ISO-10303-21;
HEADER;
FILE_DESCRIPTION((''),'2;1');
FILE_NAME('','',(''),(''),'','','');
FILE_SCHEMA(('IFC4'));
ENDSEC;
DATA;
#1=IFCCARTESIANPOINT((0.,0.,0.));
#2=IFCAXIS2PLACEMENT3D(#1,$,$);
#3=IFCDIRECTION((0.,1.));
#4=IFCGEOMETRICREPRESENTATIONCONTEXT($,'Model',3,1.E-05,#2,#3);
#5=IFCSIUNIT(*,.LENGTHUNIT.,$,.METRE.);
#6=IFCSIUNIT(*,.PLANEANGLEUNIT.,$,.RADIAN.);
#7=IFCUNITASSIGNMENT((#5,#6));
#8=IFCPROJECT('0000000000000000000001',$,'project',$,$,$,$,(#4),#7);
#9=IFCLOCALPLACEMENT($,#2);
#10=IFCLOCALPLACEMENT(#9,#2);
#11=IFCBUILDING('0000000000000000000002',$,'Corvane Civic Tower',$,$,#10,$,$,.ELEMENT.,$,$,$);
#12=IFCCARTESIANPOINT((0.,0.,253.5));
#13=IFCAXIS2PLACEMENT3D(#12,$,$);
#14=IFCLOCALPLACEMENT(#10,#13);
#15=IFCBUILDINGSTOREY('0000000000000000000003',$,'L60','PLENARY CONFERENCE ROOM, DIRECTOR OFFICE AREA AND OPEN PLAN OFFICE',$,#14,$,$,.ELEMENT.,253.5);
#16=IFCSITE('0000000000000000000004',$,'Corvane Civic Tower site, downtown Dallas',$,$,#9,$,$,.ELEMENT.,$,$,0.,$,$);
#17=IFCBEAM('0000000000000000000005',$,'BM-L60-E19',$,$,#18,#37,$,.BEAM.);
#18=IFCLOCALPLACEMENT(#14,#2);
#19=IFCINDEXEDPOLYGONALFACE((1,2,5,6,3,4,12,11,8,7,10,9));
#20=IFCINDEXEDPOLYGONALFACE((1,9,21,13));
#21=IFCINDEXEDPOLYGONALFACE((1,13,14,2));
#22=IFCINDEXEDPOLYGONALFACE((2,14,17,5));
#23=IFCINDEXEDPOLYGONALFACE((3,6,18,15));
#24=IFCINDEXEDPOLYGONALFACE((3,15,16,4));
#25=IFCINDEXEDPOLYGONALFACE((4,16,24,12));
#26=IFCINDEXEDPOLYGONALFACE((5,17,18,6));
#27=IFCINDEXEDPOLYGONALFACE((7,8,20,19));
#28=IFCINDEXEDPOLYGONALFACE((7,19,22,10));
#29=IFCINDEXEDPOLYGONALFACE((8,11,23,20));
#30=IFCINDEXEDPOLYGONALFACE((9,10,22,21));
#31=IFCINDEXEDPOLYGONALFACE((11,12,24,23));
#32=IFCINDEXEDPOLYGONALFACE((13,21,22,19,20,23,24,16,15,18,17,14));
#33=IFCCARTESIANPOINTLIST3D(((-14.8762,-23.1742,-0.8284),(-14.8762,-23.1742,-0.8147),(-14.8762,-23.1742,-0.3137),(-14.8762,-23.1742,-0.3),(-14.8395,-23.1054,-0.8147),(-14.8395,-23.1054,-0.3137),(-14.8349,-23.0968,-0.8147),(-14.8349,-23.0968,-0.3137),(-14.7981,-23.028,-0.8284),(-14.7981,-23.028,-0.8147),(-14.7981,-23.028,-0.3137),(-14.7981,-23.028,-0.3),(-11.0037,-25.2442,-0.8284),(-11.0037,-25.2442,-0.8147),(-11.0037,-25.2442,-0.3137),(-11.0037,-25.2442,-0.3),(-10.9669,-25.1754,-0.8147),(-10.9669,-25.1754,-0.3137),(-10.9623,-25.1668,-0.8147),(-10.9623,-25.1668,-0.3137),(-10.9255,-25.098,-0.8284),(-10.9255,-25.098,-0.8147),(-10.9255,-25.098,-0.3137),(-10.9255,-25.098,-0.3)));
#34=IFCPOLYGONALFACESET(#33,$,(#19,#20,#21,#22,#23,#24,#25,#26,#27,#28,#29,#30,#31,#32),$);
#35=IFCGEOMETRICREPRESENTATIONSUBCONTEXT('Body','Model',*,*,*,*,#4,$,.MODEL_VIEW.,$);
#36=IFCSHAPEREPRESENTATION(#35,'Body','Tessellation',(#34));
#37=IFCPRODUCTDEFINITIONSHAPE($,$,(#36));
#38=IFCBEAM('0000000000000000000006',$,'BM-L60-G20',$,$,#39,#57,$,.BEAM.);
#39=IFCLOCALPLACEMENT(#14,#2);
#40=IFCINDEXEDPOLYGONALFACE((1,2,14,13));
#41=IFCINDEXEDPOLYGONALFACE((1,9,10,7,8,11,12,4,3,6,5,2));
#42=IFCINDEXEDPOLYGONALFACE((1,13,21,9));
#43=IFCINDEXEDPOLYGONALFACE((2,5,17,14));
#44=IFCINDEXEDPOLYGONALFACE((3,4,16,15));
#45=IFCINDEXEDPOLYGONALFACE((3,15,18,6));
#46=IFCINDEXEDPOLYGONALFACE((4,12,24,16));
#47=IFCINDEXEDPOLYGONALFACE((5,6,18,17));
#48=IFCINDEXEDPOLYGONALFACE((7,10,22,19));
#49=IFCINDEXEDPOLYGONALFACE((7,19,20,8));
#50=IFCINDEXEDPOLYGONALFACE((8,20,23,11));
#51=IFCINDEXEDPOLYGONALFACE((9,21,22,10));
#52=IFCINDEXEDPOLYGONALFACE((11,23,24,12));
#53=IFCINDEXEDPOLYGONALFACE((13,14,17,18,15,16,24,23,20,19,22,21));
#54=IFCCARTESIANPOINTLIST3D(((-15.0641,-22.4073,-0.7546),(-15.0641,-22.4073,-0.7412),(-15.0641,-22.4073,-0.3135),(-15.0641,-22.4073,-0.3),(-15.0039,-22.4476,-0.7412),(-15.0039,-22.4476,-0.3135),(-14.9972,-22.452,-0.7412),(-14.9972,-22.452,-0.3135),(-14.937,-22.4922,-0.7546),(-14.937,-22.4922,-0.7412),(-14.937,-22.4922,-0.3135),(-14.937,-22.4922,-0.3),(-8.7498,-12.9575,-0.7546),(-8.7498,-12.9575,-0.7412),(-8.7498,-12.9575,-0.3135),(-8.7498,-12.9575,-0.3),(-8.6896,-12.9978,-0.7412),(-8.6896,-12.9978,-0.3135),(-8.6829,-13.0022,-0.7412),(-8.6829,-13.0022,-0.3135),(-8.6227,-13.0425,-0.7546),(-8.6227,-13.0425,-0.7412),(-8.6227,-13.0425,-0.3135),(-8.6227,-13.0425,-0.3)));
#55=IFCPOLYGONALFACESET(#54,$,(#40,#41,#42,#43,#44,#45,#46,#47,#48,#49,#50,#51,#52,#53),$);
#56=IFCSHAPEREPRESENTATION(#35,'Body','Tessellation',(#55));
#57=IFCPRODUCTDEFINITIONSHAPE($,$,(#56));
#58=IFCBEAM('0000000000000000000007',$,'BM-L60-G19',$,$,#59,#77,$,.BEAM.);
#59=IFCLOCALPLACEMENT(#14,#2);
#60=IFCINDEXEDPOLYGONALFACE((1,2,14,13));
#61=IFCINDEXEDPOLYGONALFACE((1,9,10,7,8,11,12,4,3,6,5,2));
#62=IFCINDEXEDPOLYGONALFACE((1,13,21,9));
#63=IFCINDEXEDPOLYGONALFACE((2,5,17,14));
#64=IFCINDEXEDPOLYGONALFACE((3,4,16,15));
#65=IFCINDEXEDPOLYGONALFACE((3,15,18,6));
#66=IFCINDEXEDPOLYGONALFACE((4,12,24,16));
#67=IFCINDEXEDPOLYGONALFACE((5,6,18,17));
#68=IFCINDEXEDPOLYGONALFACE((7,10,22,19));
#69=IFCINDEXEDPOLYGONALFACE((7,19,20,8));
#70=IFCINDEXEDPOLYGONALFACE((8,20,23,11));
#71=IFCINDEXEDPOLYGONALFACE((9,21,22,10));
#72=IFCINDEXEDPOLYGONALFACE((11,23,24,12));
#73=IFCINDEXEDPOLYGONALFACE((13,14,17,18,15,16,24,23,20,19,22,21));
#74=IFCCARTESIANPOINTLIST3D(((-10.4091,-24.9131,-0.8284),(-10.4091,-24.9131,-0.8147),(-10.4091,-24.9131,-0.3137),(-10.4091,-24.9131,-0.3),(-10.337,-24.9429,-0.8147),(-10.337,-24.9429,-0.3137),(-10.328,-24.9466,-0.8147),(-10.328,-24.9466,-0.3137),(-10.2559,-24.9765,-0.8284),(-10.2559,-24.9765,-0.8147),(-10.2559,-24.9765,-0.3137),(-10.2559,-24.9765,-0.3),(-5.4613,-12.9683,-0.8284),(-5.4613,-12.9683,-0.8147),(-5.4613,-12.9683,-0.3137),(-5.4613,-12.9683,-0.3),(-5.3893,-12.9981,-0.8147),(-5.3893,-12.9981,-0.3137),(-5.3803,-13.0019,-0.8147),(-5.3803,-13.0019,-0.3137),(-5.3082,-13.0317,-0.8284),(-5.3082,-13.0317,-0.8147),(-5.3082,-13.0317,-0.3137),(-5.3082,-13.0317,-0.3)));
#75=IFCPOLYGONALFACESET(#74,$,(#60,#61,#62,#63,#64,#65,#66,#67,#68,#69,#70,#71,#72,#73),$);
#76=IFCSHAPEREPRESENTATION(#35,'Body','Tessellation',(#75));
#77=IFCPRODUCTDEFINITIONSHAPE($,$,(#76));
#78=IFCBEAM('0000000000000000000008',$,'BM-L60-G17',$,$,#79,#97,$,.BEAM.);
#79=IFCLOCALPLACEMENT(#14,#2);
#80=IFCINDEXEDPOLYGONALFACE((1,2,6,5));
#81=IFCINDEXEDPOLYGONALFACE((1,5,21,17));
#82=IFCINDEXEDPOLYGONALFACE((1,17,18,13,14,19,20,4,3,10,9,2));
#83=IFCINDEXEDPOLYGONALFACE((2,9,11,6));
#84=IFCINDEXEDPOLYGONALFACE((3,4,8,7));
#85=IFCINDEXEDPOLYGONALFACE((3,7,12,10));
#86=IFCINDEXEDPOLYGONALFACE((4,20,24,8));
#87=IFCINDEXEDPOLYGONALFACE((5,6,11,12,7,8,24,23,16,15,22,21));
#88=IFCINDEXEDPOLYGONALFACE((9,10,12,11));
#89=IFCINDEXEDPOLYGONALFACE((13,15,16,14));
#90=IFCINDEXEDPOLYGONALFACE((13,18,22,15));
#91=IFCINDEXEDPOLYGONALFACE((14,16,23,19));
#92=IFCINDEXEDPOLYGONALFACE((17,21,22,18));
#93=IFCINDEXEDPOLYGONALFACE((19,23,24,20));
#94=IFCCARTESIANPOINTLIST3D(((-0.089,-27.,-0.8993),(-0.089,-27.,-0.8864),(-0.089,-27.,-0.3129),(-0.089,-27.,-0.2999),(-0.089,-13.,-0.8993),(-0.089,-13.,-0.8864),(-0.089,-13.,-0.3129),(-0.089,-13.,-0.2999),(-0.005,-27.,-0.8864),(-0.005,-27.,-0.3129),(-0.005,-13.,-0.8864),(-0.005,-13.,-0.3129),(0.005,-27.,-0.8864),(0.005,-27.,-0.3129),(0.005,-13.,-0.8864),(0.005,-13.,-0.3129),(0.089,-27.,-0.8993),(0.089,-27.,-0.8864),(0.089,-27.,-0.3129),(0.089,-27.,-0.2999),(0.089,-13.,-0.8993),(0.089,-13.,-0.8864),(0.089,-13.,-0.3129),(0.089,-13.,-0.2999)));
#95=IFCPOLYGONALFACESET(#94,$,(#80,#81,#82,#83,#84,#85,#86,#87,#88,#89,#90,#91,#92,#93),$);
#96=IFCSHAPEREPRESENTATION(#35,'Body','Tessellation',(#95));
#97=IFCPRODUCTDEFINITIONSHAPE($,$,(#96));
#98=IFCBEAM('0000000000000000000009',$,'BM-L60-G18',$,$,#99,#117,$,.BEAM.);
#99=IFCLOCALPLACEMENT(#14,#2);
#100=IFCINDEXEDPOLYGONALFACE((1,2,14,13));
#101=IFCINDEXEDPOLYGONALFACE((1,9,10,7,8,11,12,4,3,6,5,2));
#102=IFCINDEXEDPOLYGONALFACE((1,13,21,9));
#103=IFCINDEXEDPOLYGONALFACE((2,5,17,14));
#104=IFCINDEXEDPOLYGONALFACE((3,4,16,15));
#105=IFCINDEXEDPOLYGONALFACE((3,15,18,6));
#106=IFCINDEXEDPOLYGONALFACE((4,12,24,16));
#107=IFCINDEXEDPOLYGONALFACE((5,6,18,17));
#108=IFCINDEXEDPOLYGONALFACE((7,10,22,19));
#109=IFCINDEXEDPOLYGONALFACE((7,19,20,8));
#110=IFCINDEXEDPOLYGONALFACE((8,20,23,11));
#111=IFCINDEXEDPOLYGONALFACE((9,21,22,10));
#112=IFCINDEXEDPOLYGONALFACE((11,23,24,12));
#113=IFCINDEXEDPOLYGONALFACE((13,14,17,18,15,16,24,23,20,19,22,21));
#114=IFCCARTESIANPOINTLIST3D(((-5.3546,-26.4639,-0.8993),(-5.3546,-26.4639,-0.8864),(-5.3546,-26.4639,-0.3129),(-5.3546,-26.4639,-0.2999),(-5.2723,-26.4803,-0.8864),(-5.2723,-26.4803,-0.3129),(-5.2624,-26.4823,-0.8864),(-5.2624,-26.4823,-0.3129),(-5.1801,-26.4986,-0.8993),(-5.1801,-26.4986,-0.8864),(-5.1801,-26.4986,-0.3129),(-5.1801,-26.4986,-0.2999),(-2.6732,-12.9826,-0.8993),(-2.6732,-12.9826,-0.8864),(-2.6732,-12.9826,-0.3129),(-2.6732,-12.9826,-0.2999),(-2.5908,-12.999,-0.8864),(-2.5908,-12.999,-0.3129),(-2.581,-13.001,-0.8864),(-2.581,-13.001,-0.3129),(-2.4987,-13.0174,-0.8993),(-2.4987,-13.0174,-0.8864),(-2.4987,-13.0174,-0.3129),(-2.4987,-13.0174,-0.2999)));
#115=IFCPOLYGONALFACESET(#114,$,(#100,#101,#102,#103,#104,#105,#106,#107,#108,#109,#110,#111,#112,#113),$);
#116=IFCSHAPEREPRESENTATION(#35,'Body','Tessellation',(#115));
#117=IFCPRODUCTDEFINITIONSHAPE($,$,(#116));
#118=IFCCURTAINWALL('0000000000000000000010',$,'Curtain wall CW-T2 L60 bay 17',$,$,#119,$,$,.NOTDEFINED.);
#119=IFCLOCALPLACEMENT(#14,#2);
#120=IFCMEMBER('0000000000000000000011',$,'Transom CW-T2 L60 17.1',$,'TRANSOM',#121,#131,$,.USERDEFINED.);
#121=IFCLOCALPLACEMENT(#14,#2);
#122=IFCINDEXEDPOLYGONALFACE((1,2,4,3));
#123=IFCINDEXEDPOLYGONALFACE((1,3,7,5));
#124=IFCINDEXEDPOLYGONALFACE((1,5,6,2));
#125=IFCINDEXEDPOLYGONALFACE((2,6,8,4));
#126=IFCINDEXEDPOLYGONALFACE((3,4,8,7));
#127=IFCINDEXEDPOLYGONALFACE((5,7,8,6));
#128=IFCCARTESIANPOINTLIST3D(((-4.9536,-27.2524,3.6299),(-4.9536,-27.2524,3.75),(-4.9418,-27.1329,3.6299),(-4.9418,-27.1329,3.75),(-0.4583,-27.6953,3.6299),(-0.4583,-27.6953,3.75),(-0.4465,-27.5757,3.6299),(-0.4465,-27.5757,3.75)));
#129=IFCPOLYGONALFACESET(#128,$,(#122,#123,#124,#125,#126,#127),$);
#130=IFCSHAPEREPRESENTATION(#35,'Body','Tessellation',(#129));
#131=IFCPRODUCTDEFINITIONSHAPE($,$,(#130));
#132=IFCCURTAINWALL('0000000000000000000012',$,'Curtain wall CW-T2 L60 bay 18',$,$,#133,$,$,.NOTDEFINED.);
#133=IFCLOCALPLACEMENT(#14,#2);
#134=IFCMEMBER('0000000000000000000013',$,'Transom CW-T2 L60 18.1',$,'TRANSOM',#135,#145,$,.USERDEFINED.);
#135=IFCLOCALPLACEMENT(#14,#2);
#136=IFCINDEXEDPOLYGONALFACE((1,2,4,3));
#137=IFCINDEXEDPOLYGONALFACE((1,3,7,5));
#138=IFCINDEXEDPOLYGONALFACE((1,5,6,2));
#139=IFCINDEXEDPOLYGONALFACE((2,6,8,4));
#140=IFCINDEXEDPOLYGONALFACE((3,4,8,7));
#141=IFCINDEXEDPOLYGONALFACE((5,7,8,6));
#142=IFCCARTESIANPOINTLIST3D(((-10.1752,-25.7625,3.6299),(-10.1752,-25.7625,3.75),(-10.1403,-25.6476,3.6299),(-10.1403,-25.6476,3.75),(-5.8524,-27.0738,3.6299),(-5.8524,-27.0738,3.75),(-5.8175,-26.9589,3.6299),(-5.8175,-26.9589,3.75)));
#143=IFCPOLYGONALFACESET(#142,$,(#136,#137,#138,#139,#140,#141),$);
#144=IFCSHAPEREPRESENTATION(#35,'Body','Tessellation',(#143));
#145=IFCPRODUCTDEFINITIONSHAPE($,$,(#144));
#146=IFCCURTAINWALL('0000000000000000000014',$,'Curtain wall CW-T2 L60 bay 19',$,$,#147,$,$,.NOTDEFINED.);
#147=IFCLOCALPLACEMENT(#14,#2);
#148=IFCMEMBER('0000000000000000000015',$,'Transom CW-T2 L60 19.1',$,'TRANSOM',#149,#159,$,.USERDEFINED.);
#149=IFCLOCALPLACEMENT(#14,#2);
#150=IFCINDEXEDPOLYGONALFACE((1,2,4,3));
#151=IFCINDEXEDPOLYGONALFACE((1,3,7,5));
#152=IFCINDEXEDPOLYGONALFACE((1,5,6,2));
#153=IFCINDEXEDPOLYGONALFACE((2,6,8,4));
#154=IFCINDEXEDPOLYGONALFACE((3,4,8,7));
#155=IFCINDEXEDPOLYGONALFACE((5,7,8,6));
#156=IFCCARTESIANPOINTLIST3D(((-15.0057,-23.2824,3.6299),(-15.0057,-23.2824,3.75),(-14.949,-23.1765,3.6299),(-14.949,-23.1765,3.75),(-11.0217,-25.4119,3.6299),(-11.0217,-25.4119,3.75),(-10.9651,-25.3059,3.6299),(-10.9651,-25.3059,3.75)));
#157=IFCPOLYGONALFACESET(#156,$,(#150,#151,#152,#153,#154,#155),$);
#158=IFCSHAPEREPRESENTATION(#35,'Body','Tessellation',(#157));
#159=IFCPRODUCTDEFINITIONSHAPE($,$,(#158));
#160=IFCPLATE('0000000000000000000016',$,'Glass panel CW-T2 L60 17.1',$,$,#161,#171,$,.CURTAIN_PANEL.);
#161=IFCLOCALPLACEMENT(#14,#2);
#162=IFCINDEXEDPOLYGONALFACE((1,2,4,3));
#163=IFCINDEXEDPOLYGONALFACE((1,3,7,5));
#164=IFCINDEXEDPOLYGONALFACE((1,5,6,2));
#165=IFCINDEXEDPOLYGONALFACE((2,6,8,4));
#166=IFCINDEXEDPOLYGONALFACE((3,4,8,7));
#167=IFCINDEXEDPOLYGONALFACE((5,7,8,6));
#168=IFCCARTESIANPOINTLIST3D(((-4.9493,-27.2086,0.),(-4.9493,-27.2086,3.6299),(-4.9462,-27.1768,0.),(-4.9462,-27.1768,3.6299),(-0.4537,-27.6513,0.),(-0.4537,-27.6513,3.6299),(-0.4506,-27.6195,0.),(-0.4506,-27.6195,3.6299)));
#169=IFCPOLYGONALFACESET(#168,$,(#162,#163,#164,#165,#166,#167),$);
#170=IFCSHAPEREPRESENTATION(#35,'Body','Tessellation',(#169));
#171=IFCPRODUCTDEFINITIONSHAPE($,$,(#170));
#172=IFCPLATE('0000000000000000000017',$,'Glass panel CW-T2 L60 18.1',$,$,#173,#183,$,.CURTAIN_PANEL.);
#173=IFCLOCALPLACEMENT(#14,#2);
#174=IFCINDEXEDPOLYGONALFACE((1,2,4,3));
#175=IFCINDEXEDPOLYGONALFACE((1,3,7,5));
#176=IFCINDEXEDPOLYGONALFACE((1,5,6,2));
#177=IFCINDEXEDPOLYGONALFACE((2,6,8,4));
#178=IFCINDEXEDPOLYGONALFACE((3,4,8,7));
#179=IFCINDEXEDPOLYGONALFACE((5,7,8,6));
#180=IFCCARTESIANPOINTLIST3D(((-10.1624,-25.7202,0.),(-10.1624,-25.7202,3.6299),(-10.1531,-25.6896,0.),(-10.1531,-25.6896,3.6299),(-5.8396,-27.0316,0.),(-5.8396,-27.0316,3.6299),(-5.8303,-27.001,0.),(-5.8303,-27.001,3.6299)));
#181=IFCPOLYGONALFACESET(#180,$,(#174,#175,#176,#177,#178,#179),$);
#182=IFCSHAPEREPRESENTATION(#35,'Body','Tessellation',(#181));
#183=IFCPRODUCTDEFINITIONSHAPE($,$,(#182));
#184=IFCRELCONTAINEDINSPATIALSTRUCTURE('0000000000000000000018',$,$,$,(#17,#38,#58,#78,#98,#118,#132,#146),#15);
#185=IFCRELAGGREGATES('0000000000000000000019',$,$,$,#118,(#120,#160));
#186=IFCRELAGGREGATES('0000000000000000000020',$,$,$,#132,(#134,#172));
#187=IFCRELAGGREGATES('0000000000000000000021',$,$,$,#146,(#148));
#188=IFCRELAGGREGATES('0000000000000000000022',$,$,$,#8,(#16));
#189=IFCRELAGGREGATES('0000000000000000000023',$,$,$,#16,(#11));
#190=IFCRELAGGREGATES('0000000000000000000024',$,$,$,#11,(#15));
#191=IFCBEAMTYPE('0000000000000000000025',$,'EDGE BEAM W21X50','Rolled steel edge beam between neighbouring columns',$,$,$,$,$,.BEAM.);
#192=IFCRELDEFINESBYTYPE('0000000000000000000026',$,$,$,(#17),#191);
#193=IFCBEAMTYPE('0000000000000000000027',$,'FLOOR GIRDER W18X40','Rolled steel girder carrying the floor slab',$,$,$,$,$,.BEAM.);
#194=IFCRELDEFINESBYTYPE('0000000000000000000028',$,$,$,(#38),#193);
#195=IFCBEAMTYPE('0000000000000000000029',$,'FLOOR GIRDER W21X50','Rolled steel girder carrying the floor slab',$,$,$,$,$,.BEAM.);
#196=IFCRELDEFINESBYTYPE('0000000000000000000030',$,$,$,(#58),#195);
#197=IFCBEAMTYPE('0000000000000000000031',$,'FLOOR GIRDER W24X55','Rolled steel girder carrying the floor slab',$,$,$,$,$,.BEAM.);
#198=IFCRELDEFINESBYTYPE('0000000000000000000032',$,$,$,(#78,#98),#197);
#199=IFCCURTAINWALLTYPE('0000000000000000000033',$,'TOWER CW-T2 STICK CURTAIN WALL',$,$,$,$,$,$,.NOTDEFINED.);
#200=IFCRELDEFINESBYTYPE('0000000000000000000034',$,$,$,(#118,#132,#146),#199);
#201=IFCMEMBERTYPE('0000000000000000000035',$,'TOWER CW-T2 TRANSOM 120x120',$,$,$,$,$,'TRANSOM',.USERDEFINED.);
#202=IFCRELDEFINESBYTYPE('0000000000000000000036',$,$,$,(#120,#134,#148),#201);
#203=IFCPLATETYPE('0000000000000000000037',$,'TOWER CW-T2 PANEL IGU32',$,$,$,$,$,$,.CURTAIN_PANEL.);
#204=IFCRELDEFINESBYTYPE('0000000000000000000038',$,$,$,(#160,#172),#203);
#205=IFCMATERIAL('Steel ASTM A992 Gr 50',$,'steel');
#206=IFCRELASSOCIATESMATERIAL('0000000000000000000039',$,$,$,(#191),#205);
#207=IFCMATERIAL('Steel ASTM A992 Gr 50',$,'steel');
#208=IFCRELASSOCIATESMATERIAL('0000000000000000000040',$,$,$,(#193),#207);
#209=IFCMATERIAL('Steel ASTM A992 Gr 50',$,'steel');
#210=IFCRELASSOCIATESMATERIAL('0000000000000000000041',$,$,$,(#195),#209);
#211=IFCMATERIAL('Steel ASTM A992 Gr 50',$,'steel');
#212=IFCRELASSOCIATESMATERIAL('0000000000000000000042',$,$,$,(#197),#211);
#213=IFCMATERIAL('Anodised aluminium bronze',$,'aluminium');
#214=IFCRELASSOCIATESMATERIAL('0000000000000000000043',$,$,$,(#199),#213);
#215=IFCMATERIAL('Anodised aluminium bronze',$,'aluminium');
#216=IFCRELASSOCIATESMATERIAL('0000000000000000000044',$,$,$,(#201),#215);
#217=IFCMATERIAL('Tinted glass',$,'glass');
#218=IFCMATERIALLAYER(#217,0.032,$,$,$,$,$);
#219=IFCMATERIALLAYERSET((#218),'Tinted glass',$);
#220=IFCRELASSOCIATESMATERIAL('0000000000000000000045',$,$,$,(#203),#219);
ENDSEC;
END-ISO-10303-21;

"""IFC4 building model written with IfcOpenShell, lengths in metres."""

from ifc_helpers import new_model, si_unit, direction, frame, origin, origin_2d, place, context, subcontext, project, spatial, rectangle, i_section, extrude, material, layer, layer_set, material_profile, profile_set, type_object, element, aggregate, save


model = new_model("IFC4")

# Units and contexts
model_context = context("Model", 3, precision=1e-05, world=origin(), true_north=direction((0.0, 1.0)))
body_context = subcontext(model_context, "Body", "Model", "MODEL_VIEW")
ifc_project = project(units=[si_unit("LENGTHUNIT", "METRE"), si_unit("PLANEANGLEUNIT", "RADIAN")], contexts=[model_context])

# Site, building, storey
site_placement = place(None, origin())
site = spatial("IfcSite", under=ifc_project, at=site_placement, Name="Corvane Civic Tower site, downtown Dallas", CompositionType="ELEMENT", RefElevation=0.0)
building_placement = place(site_placement, origin())
building = spatial("IfcBuilding", under=site, at=building_placement, Name="Corvane Civic Tower", CompositionType="ELEMENT")
storey_placement = place(building_placement, frame((0.0, 0.0, 253.5)))
storey = spatial("IfcBuildingStorey", under=building, at=storey_placement, Name="L60", Description="PLENARY CONFERENCE ROOM, DIRECTOR OFFICE AREA AND OPEN PLAN OFFICE", CompositionType="ELEMENT", Elevation=253.5)

# Beams
ifc_material_1 = material(Name="Steel ASTM A992 Gr 50", Category="steel")
ifc_material_profile_1 = material_profile(ifc_material_1, i_section(OverallWidth=0.1658, OverallDepth=0.5283, WebThickness=0.0098, FlangeThickness=0.0137, at=origin_2d()), Name="W21X50")
ifc_profile_set_1 = profile_set([ifc_material_profile_1], Name="Steel ASTM A992 Gr 50")
beam_type_1 = type_object("IfcBeamType", Name="EDGE BEAM W21X50", Description="Rolled steel edge beam between neighbouring columns", PredefinedType="BEAM", material=ifc_profile_set_1)
beam_1_placement = place(storey_placement, frame((-10.9646, -25.1711, -0.5642), z_axis=(-0.881908, 0.471422, 0.0), x_axis=(-0.471422, -0.881908, 0.0)))
element("IfcBeam", 1, at=beam_1_placement, inside=storey, type_object=beam_type_1, Name="BM-L60-E19", PredefinedType="BEAM", context=body_context, shape_type="SweptSolid", body=[
    extrude(i_section(OverallWidth=0.1658, OverallDepth=0.5283, WebThickness=0.0098, FlangeThickness=0.0137, at=origin_2d()), origin(), (0.0, 0.0, 1.0), 4.3911),
])
ifc_material_2 = material(Name="Steel ASTM A992 Gr 50", Category="steel")
ifc_material_profile_2 = material_profile(ifc_material_2, i_section(OverallWidth=0.1528, OverallDepth=0.4546, WebThickness=0.0081, FlangeThickness=0.0134, at=origin_2d()), Name="W18X40")
ifc_profile_set_2 = profile_set([ifc_material_profile_2], Name="Steel ASTM A992 Gr 50")
beam_type_2 = type_object("IfcBeamType", Name="FLOOR GIRDER W18X40", Description="Rolled steel girder carrying the floor slab", PredefinedType="BEAM", material=ifc_profile_set_2)
beam_2_placement = place(storey_placement, frame((-8.6863, -13.0, -0.5273), z_axis=(-0.555577, -0.831465, 0.0), x_axis=(0.831465, -0.555577, 0.0)))
element("IfcBeam", 2, at=beam_2_placement, inside=storey, type_object=beam_type_2, Name="BM-L60-G20", PredefinedType="BEAM", context=body_context, shape_type="SweptSolid", body=[
    extrude(i_section(OverallWidth=0.1528, OverallDepth=0.4546, WebThickness=0.0081, FlangeThickness=0.0134, at=origin_2d()), origin(), (0.0, 0.0, 1.0), 11.3652),
])
ifc_material_3 = material(Name="Steel ASTM A992 Gr 50", Category="steel")
ifc_material_profile_3 = material_profile(ifc_material_3, i_section(OverallWidth=0.1658, OverallDepth=0.5283, WebThickness=0.0098, FlangeThickness=0.0137, at=origin_2d()), Name="W21X50")
ifc_profile_set_3 = profile_set([ifc_material_profile_3], Name="Steel ASTM A992 Gr 50")
beam_type_3 = type_object("IfcBeamType", Name="FLOOR GIRDER W21X50", Description="Rolled steel girder carrying the floor slab", PredefinedType="BEAM", material=ifc_profile_set_3)
beam_3_placement = place(storey_placement, frame((-5.3848, -13.0, -0.5642), z_axis=(-0.382686, -0.923878, 0.0), x_axis=(0.923878, -0.382686, 0.0)))
element("IfcBeam", 3, at=beam_3_placement, inside=storey, type_object=beam_type_3, Name="BM-L60-G19", PredefinedType="BEAM", context=body_context, shape_type="SweptSolid", body=[
    extrude(i_section(OverallWidth=0.1658, OverallDepth=0.5283, WebThickness=0.0098, FlangeThickness=0.0137, at=origin_2d()), origin(), (0.0, 0.0, 1.0), 12.929),
])
ifc_material_4 = material(Name="Steel ASTM A992 Gr 50", Category="steel")
ifc_material_profile_4 = material_profile(ifc_material_4, i_section(OverallWidth=0.178, OverallDepth=0.5994, WebThickness=0.01, FlangeThickness=0.0129, at=origin_2d()), Name="W24X55")
ifc_profile_set_4 = profile_set([ifc_material_profile_4], Name="Steel ASTM A992 Gr 50")
beam_type_4 = type_object("IfcBeamType", Name="FLOOR GIRDER W24X55", Description="Rolled steel girder carrying the floor slab", PredefinedType="BEAM", material=ifc_profile_set_4)
beam_4_placement = place(storey_placement, frame((0.0, -13.0, -0.5996), z_axis=(0.0, -1.0, 0.0), x_axis=(1.0, 0.0, 0.0)))
element("IfcBeam", 4, at=beam_4_placement, inside=storey, type_object=beam_type_4, Name="BM-L60-G17", PredefinedType="BEAM", context=body_context, shape_type="SweptSolid", body=[
    extrude(i_section(OverallWidth=0.178, OverallDepth=0.5994, WebThickness=0.01, FlangeThickness=0.0129, at=origin_2d()), origin(), (0.0, 0.0, 1.0), 14.0),
])
beam_5_placement = place(storey_placement, frame((-2.5859, -13.0, -0.5996), z_axis=(-0.195078, -0.980788, 0.0), x_axis=(0.980788, -0.195078, 0.0)))
element("IfcBeam", 5, at=beam_5_placement, inside=storey, type_object=beam_type_4, Name="BM-L60-G18", PredefinedType="BEAM", context=body_context, shape_type="SweptSolid", body=[
    extrude(i_section(OverallWidth=0.178, OverallDepth=0.5994, WebThickness=0.01, FlangeThickness=0.0129, at=origin_2d()), origin(), (0.0, 0.0, 1.0), 13.7454),
])

# Curtain walls, members
ifc_material_5 = material(Name="Anodised aluminium bronze", Category="aluminium")
curtain_wall_type = type_object("IfcCurtainWallType", Name="TOWER CW-T2 STICK CURTAIN WALL", PredefinedType="NOTDEFINED", material=ifc_material_5)
curtain_wall_1_placement = place(storey_placement, origin())
curtain_wall_1 = element("IfcCurtainWall", 6, at=curtain_wall_1_placement, inside=storey, type_object=curtain_wall_type, Name="Curtain wall CW-T2 L60 bay 17", PredefinedType="NOTDEFINED")
ifc_material_6 = material(Name="Anodised aluminium bronze", Category="aluminium")
ifc_material_profile_5 = material_profile(ifc_material_6, rectangle(XDim=0.1201, YDim=0.1201, at=origin_2d()), Name="TOWER CW-T2 TRANSOM 120x120")
ifc_profile_set_5 = profile_set([ifc_material_profile_5], Name="Anodised aluminium bronze")
member_type = type_object("IfcMemberType", Name="TOWER CW-T2 TRANSOM 120x120", ElementType="TRANSOM", PredefinedType="USERDEFINED", material=ifc_profile_set_5)
member_1_placement = place(storey_placement, frame((-0.4524, -27.6355, 3.6899), z_axis=(-0.995182, 0.098043, 0.0), x_axis=(-0.098043, -0.995182, 0.0)))
member_1 = element("IfcMember", 7, at=member_1_placement, type_object=member_type, Name="Transom CW-T2 L60 17.1", ObjectType="TRANSOM", PredefinedType="USERDEFINED", context=body_context, shape_type="SweptSolid", body=[
    extrude(rectangle(XDim=0.1201, YDim=0.1201, at=origin_2d()), origin(), (0.0, 0.0, 1.0), 4.5171),
])
curtain_wall_2_placement = place(storey_placement, origin())
curtain_wall_2 = element("IfcCurtainWall", 8, at=curtain_wall_2_placement, inside=storey, type_object=curtain_wall_type, Name="Curtain wall CW-T2 L60 bay 18", PredefinedType="NOTDEFINED")
member_2_placement = place(storey_placement, frame((-5.835, -27.0164, 3.6899), z_axis=(-0.956941, 0.290282, 0.0), x_axis=(-0.290282, -0.956941, 0.0)))
member_2 = element("IfcMember", 9, at=member_2_placement, type_object=member_type, Name="Transom CW-T2 L60 18.1", ObjectType="TRANSOM", PredefinedType="USERDEFINED", context=body_context, shape_type="SweptSolid", body=[
    extrude(rectangle(XDim=0.1201, YDim=0.1201, at=origin_2d()), origin(), (0.0, 0.0, 1.0), 4.5173),
])
curtain_wall_3_placement = place(storey_placement, origin())
curtain_wall_3 = element("IfcCurtainWall", 10, at=curtain_wall_3_placement, inside=storey, type_object=curtain_wall_type, Name="Curtain wall CW-T2 L60 bay 19", PredefinedType="NOTDEFINED")
member_3_placement = place(storey_placement, frame((-10.9934, -25.3589, 3.6899), z_axis=(-0.881925, 0.47139, 0.0), x_axis=(-0.47139, -0.881925, 0.0)))
member_3 = element("IfcMember", 11, at=member_3_placement, type_object=member_type, Name="Transom CW-T2 L60 19.1", ObjectType="TRANSOM", PredefinedType="USERDEFINED", context=body_context, shape_type="SweptSolid", body=[
    extrude(rectangle(XDim=0.1201, YDim=0.1201, at=origin_2d()), origin(), (0.0, 0.0, 1.0), 4.5173),
])

# Plates
ifc_material_7 = material(Name="Tinted glass", Category="glass")
ifc_layer_1 = layer(ifc_material_7, 0.032)
ifc_layer_set_1 = layer_set([ifc_layer_1], Name="Tinted glass")
plate_type = type_object("IfcPlateType", Name="TOWER CW-T2 PANEL IGU32", PredefinedType="CURTAIN_PANEL", material=ifc_layer_set_1)
plate_1_placement = place(storey_placement, frame((-2.7, -27.4141, 0.0), z_axis=(0.0, 0.0, 1.0), x_axis=(-0.995187, 0.097993, 0.0)))
plate_1 = element("IfcPlate", 12, at=plate_1_placement, type_object=plate_type, Name="Glass panel CW-T2 L60 17.1", PredefinedType="CURTAIN_PANEL", context=body_context, shape_type="SweptSolid", body=[
    extrude(rectangle(XDim=4.5173, YDim=0.032, at=origin_2d()), origin(), (0.0, 0.0, 1.0), 3.6299),
])
aggregate(curtain_wall_1, [member_1, plate_1])
plate_2_placement = place(storey_placement, frame((-7.9963, -26.3606, 0.0), z_axis=(0.0, 0.0, 1.0), x_axis=(-0.956939, 0.29029, 0.0)))
plate_2 = element("IfcPlate", 13, at=plate_2_placement, type_object=plate_type, Name="Glass panel CW-T2 L60 18.1", PredefinedType="CURTAIN_PANEL", context=body_context, shape_type="SweptSolid", body=[
    extrude(rectangle(XDim=4.5173, YDim=0.032, at=origin_2d()), origin(), (0.0, 0.0, 1.0), 3.6299),
])
aggregate(curtain_wall_2, [member_2, plate_2])
aggregate(curtain_wall_3, [member_3])

save(model, "model.ifc")
